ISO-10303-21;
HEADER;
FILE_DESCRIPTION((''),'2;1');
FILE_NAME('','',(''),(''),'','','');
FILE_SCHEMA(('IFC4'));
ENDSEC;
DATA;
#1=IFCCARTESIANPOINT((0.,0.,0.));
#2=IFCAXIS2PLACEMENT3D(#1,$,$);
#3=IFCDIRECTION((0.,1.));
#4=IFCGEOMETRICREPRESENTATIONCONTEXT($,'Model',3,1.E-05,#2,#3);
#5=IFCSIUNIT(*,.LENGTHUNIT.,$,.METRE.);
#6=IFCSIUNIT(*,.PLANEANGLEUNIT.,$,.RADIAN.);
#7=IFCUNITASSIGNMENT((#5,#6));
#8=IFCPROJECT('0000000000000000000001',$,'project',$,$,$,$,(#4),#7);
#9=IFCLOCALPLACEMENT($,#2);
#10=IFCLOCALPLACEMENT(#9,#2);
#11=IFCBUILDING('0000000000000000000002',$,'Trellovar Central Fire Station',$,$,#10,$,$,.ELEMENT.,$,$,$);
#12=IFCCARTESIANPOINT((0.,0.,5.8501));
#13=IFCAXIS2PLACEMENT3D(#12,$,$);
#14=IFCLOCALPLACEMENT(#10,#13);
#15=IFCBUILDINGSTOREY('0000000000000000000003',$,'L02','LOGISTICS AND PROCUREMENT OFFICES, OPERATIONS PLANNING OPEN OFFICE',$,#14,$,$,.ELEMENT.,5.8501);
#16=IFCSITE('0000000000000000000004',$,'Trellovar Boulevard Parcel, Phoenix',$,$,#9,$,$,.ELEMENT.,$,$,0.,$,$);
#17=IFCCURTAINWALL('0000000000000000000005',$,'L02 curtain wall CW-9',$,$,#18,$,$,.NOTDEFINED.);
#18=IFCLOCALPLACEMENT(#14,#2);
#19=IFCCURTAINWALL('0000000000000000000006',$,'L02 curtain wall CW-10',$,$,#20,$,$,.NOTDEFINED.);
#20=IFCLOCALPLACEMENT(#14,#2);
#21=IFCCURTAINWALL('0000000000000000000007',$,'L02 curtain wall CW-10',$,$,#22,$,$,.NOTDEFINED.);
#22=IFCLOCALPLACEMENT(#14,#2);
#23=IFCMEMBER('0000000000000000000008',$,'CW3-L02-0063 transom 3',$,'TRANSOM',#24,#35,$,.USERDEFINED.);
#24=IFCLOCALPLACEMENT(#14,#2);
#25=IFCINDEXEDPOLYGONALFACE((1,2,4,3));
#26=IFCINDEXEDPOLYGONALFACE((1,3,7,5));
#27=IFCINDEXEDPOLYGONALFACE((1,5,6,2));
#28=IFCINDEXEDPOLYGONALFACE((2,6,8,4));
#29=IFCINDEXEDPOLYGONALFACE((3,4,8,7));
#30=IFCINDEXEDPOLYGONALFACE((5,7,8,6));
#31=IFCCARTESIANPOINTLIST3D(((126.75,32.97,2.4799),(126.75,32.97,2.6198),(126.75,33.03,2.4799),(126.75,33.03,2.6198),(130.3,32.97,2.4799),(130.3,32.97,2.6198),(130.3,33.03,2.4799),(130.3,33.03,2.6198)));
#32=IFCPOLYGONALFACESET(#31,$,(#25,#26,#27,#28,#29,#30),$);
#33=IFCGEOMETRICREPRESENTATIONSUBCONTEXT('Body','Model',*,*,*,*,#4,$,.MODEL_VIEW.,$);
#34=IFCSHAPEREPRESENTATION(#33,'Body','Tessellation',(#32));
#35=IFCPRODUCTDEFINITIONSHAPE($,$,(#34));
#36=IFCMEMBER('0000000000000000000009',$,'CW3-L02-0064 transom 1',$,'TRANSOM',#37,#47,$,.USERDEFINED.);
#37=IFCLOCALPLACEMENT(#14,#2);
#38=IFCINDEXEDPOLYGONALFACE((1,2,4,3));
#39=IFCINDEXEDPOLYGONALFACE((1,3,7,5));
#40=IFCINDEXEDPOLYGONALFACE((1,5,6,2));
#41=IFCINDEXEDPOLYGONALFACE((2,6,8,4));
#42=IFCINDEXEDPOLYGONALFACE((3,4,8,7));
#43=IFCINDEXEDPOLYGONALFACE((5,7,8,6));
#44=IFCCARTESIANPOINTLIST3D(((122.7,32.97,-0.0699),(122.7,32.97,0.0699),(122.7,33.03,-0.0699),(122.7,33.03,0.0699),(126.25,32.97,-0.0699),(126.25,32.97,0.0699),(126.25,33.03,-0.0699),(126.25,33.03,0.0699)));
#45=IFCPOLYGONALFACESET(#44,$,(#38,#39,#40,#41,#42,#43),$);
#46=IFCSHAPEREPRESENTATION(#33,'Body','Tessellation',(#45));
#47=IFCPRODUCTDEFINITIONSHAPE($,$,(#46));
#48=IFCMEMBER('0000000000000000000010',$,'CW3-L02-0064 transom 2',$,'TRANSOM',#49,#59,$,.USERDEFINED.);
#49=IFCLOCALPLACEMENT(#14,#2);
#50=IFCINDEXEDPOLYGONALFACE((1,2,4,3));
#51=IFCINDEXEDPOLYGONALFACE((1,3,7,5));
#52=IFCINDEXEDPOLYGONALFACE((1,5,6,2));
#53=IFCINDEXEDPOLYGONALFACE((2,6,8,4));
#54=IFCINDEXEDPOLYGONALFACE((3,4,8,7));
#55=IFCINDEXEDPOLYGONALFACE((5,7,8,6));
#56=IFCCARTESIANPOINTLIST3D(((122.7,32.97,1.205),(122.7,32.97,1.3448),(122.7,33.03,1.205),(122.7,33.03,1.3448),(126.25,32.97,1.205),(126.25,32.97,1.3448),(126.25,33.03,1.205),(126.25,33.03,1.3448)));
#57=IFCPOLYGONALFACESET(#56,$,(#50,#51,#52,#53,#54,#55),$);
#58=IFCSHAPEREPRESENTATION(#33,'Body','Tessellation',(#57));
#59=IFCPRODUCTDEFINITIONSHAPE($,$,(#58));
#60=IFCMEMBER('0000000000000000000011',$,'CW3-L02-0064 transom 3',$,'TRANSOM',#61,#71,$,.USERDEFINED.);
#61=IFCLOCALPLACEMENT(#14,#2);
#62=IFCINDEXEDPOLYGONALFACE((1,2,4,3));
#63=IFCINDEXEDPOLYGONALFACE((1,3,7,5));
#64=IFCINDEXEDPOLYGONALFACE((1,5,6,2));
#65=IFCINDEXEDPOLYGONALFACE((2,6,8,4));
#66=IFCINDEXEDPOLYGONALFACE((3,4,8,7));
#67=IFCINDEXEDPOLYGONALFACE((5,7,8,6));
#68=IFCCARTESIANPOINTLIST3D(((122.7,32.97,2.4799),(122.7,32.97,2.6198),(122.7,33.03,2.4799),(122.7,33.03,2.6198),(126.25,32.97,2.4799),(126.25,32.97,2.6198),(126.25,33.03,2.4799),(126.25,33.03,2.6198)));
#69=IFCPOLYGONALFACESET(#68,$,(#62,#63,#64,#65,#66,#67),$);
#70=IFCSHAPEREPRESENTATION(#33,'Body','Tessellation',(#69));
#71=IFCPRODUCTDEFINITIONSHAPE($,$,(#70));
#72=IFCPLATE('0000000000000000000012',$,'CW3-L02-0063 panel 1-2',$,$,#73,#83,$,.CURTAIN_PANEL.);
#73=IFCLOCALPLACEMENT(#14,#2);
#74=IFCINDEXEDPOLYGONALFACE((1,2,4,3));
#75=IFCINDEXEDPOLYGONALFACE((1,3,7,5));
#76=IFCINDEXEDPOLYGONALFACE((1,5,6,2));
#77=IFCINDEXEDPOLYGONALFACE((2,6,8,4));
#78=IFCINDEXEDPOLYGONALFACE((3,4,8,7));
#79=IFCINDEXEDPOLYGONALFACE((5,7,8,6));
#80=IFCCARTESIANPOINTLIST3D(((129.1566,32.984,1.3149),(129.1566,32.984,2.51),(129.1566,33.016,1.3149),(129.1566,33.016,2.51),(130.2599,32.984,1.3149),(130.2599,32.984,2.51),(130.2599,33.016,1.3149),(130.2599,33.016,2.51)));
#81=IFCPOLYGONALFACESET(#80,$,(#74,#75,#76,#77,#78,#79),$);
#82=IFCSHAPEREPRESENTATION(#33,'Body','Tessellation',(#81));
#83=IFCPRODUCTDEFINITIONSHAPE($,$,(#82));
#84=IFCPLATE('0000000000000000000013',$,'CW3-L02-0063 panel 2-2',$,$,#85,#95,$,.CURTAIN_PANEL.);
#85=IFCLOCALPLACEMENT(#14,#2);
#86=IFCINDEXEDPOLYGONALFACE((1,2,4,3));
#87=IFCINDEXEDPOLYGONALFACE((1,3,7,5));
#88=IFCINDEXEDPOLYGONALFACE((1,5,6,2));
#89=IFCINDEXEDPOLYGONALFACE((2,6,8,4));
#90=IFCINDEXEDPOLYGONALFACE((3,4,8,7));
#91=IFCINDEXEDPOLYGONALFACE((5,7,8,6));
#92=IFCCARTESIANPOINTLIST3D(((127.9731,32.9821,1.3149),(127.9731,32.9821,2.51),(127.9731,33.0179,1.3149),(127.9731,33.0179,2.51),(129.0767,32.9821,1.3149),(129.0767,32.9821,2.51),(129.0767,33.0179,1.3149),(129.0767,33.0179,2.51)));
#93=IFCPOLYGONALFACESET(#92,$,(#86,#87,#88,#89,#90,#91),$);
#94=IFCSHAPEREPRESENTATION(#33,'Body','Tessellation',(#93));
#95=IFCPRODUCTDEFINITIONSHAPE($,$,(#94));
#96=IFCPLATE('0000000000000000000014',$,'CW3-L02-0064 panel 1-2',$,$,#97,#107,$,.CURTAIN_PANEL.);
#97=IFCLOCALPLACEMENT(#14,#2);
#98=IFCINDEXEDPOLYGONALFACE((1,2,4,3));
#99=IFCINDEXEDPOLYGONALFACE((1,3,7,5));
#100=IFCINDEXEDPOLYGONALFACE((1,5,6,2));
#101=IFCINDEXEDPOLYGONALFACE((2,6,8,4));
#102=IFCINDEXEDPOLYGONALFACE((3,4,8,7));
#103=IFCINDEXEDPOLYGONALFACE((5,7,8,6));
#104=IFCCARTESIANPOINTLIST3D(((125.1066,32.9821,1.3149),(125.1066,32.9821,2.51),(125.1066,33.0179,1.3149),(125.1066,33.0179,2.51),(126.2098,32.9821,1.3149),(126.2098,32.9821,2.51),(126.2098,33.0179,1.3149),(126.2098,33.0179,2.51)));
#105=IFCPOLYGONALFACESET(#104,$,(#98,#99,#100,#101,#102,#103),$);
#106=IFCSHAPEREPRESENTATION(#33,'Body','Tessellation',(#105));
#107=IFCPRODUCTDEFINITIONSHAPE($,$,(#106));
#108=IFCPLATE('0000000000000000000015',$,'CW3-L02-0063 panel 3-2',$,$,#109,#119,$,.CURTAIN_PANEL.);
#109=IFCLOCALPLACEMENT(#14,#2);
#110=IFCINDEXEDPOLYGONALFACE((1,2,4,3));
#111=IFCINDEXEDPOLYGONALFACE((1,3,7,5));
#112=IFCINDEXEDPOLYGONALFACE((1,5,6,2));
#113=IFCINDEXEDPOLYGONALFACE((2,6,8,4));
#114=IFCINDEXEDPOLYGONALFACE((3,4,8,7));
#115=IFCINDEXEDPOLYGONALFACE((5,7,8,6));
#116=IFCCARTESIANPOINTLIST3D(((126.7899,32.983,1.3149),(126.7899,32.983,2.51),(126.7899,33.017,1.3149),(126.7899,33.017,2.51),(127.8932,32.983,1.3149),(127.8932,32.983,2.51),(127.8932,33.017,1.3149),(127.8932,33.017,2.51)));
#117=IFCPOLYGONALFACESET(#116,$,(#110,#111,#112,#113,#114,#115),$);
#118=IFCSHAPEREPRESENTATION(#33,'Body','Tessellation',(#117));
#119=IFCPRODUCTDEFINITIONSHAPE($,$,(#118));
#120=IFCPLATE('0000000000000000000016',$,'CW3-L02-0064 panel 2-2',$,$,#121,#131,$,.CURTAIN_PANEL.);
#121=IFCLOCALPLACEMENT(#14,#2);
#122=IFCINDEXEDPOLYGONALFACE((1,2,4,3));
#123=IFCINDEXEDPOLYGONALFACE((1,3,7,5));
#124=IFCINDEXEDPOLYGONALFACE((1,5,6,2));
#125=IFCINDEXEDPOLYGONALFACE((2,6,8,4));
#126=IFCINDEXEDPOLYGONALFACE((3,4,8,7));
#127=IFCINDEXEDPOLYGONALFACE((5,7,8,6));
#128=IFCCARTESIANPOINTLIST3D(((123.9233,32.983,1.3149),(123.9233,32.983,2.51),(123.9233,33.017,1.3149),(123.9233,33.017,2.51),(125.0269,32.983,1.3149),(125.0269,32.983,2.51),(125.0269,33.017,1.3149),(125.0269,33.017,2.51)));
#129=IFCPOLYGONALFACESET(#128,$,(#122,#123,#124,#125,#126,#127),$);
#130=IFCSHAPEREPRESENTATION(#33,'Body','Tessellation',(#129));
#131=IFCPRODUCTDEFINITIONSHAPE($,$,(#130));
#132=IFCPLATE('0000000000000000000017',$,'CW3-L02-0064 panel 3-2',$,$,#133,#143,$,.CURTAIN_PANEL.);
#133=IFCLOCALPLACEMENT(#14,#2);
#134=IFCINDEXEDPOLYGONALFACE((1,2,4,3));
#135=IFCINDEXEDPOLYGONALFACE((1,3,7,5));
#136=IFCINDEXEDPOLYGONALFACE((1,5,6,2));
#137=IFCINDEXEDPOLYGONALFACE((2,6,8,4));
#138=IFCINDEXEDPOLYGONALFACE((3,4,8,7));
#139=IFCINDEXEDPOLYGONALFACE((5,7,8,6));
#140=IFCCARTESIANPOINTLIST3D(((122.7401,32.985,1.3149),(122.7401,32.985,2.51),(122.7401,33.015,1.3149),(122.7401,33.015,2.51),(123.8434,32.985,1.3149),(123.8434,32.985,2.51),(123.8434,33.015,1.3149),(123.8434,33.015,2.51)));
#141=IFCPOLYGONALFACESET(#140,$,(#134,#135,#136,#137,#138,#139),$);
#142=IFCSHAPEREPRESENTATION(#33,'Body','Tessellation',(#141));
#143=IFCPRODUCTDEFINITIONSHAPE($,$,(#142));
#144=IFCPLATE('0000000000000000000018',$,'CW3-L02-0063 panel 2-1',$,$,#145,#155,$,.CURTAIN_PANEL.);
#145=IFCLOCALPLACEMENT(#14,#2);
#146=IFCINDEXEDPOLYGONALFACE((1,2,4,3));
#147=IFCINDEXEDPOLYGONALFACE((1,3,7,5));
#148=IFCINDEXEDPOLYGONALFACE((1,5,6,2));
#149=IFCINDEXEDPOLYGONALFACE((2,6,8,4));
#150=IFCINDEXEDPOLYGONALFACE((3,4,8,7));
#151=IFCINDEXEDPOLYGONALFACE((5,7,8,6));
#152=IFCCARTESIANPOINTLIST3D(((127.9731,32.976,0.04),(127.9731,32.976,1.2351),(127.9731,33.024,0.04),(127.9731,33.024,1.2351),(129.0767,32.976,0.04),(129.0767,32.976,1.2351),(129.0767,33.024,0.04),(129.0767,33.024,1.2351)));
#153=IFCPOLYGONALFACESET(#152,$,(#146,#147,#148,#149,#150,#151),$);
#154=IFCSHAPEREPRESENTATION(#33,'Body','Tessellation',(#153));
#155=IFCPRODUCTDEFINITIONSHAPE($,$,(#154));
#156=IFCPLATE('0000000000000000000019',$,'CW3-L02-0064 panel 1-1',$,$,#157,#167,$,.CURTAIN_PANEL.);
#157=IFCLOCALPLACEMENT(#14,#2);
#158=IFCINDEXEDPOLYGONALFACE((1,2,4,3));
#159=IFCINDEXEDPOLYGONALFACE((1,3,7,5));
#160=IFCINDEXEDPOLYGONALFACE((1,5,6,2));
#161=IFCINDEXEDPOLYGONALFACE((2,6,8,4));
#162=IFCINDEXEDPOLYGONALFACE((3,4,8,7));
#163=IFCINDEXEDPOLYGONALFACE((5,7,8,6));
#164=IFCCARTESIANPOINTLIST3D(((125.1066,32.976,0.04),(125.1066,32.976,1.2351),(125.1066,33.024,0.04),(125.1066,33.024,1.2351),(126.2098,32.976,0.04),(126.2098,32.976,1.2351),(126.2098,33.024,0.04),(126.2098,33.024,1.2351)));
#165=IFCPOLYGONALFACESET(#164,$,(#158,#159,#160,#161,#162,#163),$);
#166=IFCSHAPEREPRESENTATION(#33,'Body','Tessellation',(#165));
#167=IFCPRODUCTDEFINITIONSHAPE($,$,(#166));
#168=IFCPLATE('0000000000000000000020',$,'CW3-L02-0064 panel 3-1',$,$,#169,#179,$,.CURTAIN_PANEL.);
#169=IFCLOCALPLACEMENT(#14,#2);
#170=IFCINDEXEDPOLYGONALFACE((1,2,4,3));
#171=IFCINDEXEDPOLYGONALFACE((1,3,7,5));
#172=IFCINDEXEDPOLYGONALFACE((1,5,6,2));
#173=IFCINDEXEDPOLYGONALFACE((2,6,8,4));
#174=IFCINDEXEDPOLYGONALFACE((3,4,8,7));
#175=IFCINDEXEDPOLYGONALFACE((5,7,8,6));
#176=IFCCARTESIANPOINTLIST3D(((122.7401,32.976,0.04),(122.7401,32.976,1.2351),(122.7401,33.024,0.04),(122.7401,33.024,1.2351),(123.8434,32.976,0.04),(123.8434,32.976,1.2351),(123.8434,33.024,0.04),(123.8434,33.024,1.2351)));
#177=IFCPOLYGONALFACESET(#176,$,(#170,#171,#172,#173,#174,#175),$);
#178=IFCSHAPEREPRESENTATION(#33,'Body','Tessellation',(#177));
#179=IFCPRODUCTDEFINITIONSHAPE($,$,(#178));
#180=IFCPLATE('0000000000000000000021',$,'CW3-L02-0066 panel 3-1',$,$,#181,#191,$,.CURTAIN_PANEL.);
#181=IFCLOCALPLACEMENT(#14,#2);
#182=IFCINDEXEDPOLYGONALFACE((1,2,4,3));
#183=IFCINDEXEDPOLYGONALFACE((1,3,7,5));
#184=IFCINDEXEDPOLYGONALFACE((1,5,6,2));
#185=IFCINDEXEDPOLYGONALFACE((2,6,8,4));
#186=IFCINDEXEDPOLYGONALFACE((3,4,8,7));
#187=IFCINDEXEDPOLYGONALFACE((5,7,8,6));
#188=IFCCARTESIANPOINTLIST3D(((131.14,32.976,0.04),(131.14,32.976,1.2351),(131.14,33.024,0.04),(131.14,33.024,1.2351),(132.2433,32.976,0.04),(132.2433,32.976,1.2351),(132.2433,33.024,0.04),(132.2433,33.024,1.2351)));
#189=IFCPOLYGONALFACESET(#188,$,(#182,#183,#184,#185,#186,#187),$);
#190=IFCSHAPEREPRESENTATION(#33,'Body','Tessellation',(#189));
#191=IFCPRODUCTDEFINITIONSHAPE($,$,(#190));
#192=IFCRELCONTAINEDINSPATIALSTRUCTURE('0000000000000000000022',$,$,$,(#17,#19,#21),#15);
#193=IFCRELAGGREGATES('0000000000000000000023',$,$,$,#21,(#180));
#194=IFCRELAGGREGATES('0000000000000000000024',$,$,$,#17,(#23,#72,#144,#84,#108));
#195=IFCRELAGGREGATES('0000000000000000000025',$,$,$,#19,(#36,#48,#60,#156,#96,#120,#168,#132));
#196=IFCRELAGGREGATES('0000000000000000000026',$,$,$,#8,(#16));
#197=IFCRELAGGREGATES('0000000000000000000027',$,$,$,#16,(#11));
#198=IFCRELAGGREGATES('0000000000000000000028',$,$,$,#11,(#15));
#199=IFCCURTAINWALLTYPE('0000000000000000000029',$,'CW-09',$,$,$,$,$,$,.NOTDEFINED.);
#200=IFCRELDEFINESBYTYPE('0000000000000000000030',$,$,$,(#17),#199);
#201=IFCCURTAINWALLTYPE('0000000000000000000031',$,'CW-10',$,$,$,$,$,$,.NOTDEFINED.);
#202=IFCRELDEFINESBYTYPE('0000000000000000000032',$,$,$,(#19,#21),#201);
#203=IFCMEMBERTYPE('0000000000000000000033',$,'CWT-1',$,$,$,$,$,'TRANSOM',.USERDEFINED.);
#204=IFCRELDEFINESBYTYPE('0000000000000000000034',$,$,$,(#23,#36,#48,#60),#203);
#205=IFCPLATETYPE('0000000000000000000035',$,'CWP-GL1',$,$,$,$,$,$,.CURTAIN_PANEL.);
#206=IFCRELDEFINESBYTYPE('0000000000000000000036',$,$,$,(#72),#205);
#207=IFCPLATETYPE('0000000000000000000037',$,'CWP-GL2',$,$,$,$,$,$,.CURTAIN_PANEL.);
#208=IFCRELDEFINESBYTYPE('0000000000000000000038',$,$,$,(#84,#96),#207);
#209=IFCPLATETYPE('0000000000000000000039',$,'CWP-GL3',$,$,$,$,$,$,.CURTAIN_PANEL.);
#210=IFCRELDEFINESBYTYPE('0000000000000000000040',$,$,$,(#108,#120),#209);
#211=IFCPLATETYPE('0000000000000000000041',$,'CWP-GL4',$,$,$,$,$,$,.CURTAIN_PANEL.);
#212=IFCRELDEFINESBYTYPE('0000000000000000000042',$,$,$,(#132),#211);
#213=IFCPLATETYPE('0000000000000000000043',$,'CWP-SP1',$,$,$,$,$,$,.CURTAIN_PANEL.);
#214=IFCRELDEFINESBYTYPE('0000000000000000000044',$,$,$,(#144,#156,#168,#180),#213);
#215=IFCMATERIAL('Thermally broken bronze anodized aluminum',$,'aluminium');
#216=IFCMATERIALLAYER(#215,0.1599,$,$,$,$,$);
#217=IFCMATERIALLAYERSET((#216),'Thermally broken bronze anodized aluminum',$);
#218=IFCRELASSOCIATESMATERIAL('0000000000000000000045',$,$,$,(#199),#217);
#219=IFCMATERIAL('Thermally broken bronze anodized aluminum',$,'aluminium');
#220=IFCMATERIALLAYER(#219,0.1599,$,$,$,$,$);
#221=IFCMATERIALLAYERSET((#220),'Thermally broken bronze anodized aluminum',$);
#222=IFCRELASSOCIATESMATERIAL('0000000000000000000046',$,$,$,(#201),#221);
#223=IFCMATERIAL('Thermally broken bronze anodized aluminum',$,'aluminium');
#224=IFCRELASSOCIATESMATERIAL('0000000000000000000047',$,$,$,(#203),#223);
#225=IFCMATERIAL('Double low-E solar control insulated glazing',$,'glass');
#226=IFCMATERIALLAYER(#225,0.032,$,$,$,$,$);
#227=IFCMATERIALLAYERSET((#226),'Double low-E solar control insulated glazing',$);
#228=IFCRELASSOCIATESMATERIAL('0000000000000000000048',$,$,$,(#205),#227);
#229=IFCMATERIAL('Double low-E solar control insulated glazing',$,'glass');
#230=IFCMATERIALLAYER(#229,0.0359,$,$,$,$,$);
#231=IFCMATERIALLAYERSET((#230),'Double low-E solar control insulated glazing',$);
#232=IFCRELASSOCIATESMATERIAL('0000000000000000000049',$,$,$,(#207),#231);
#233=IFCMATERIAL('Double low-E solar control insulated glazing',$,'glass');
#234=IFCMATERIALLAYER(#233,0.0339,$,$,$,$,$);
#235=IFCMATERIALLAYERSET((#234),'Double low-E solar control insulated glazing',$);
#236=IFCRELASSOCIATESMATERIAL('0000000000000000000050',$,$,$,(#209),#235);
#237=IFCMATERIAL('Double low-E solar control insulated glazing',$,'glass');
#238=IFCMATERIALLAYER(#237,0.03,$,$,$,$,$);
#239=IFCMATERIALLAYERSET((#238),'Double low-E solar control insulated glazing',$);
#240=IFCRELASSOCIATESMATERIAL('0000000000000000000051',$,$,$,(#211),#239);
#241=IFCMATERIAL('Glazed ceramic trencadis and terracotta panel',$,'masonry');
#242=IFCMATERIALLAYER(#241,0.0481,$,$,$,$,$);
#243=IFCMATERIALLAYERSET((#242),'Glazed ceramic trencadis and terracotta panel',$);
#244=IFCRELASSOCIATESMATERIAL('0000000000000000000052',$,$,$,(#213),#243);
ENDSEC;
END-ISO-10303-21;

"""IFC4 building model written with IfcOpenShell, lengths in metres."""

from ifc_helpers import new_model, si_unit, direction, frame, origin, origin_2d, place, context, subcontext, project, spatial, rectangle, extrude, material, layer, layer_set, material_profile, profile_set, type_object, element, aggregate, save


model = new_model("IFC4")

# Units and contexts
model_context = context("Model", 3, precision=1e-05, world=origin(), true_north=direction((0.0, 1.0)))
body_context = subcontext(model_context, "Body", "Model", "MODEL_VIEW")
ifc_project = project(units=[si_unit("LENGTHUNIT", "METRE"), si_unit("PLANEANGLEUNIT", "RADIAN")], contexts=[model_context])

# Site, building, storey
site_placement = place(None, origin())
site = spatial("IfcSite", under=ifc_project, at=site_placement, Name="Trellovar Boulevard Parcel, Phoenix", CompositionType="ELEMENT", RefElevation=0.0)
building_placement = place(site_placement, origin())
building = spatial("IfcBuilding", under=site, at=building_placement, Name="Trellovar Central Fire Station", CompositionType="ELEMENT")
storey_placement = place(building_placement, frame((0.0, 0.0, 5.8501)))
storey = spatial("IfcBuildingStorey", under=building, at=storey_placement, Name="L02", Description="LOGISTICS AND PROCUREMENT OFFICES, OPERATIONS PLANNING OPEN OFFICE", CompositionType="ELEMENT", Elevation=5.8501)

# Curtain walls
ifc_material_1 = material(Name="Thermally broken bronze anodized aluminum", Category="aluminium")
ifc_layer_1 = layer(ifc_material_1, 0.1599)
ifc_layer_set_1 = layer_set([ifc_layer_1], Name="Thermally broken bronze anodized aluminum")
curtain_wall_type_1 = type_object("IfcCurtainWallType", Name="CW-09", PredefinedType="NOTDEFINED", material=ifc_layer_set_1)
curtain_wall_1_placement = place(storey_placement, origin())
curtain_wall_1 = element("IfcCurtainWall", 1, at=curtain_wall_1_placement, inside=storey, type_object=curtain_wall_type_1, Name="L02 curtain wall CW-9", PredefinedType="NOTDEFINED")
ifc_material_2 = material(Name="Thermally broken bronze anodized aluminum", Category="aluminium")
ifc_layer_2 = layer(ifc_material_2, 0.1599)
ifc_layer_set_2 = layer_set([ifc_layer_2], Name="Thermally broken bronze anodized aluminum")
curtain_wall_type_2 = type_object("IfcCurtainWallType", Name="CW-10", PredefinedType="NOTDEFINED", material=ifc_layer_set_2)
curtain_wall_2_placement = place(storey_placement, origin())
curtain_wall_2 = element("IfcCurtainWall", 2, at=curtain_wall_2_placement, inside=storey, type_object=curtain_wall_type_2, Name="L02 curtain wall CW-10", PredefinedType="NOTDEFINED")

# Curtain wall
curtain_wall_3_placement = place(storey_placement, origin())
curtain_wall_3 = element("IfcCurtainWall", 3, at=curtain_wall_3_placement, inside=storey, type_object=curtain_wall_type_2, Name="L02 curtain wall CW-10", PredefinedType="NOTDEFINED")

# Members
ifc_material_3 = material(Name="Thermally broken bronze anodized aluminum", Category="aluminium")
ifc_material_profile_1 = material_profile(ifc_material_3, rectangle(XDim=0.0601, YDim=0.1399, at=origin_2d()), Name="ALU60X140")
ifc_profile_set_1 = profile_set([ifc_material_profile_1], Name="Thermally broken bronze anodized aluminum")
member_type_1 = type_object("IfcMemberType", Name="CWT-1", ElementType="TRANSOM", PredefinedType="USERDEFINED", material=ifc_profile_set_1)
member_1_placement = place(storey_placement, frame((130.3, 33.0, 2.5498), z_axis=(-1.0, 0.0, 0.0), x_axis=(0.0, -1.0, 0.0)))
member_1 = element("IfcMember", 4, at=member_1_placement, type_object=member_type_1, Name="CW3-L02-0063 transom 3", ObjectType="TRANSOM", PredefinedType="USERDEFINED", context=body_context, shape_type="SweptSolid", body=[
    extrude(rectangle(XDim=0.0601, YDim=0.1399, at=origin_2d()), origin(), (0.0, 0.0, 1.0), 3.55),
])
member_2_placement = place(storey_placement, frame((126.25, 33.0, 0.0), z_axis=(-1.0, 0.0, 0.0), x_axis=(0.0, -1.0, 0.0)))
member_2 = element("IfcMember", 5, at=member_2_placement, type_object=member_type_1, Name="CW3-L02-0064 transom 1", ObjectType="TRANSOM", PredefinedType="USERDEFINED", context=body_context, shape_type="SweptSolid", body=[
    extrude(rectangle(XDim=0.0601, YDim=0.1399, at=origin_2d()), origin(), (0.0, 0.0, 1.0), 3.55),
])
member_3_placement = place(storey_placement, frame((126.25, 33.0, 1.2749), z_axis=(-1.0, 0.0, 0.0), x_axis=(0.0, -1.0, 0.0)))
member_3 = element("IfcMember", 6, at=member_3_placement, type_object=member_type_1, Name="CW3-L02-0064 transom 2", ObjectType="TRANSOM", PredefinedType="USERDEFINED", context=body_context, shape_type="SweptSolid", body=[
    extrude(rectangle(XDim=0.0601, YDim=0.1399, at=origin_2d()), origin(), (0.0, 0.0, 1.0), 3.55),
])
member_4_placement = place(storey_placement, frame((126.25, 33.0, 2.5498), z_axis=(-1.0, 0.0, 0.0), x_axis=(0.0, -1.0, 0.0)))
member_4 = element("IfcMember", 7, at=member_4_placement, type_object=member_type_1, Name="CW3-L02-0064 transom 3", ObjectType="TRANSOM", PredefinedType="USERDEFINED", context=body_context, shape_type="SweptSolid", body=[
    extrude(rectangle(XDim=0.0601, YDim=0.1399, at=origin_2d()), origin(), (0.0, 0.0, 1.0), 3.55),
])

# Plates
ifc_material_4 = material(Name="Double low-E solar control insulated glazing", Category="glass")
ifc_layer_3 = layer(ifc_material_4, 0.032)
ifc_layer_set_3 = layer_set([ifc_layer_3], Name="Double low-E solar control insulated glazing")
plate_type_1 = type_object("IfcPlateType", Name="CWP-GL1", PredefinedType="CURTAIN_PANEL", material=ifc_layer_set_3)
plate_1_placement = place(storey_placement, frame((129.7083, 33.0, 1.3149), z_axis=(0.0, 0.0, 1.0), x_axis=(-1.0, 0.0, 0.0)))
plate_1 = element("IfcPlate", 8, at=plate_1_placement, type_object=plate_type_1, Name="CW3-L02-0063 panel 1-2", PredefinedType="CURTAIN_PANEL", context=body_context, shape_type="SweptSolid", body=[
    extrude(rectangle(XDim=1.1033, YDim=0.032, at=origin_2d()), origin(), (0.0, 0.0, 1.0), 1.1951),
])
ifc_material_5 = material(Name="Double low-E solar control insulated glazing", Category="glass")
ifc_layer_4 = layer(ifc_material_5, 0.0359)
ifc_layer_set_4 = layer_set([ifc_layer_4], Name="Double low-E solar control insulated glazing")
plate_type_2 = type_object("IfcPlateType", Name="CWP-GL2", PredefinedType="CURTAIN_PANEL", material=ifc_layer_set_4)
plate_2_placement = place(storey_placement, frame((128.5249, 33.0, 1.3149), z_axis=(0.0, 0.0, 1.0), x_axis=(-1.0, 0.0, 0.0)))
plate_2 = element("IfcPlate", 9, at=plate_2_placement, type_object=plate_type_2, Name="CW3-L02-0063 panel 2-2", PredefinedType="CURTAIN_PANEL", context=body_context, shape_type="SweptSolid", body=[
    extrude(rectangle(XDim=1.1035, YDim=0.0359, at=origin_2d()), origin(), (0.0, 0.0, 1.0), 1.1951),
])
plate_3_placement = place(storey_placement, frame((125.6582, 33.0, 1.3149), z_axis=(0.0, 0.0, 1.0), x_axis=(-1.0, 0.0, 0.0)))
plate_3 = element("IfcPlate", 10, at=plate_3_placement, type_object=plate_type_2, Name="CW3-L02-0064 panel 1-2", PredefinedType="CURTAIN_PANEL", context=body_context, shape_type="SweptSolid", body=[
    extrude(rectangle(XDim=1.1033, YDim=0.0359, at=origin_2d()), origin(), (0.0, 0.0, 1.0), 1.1951),
])
ifc_material_6 = material(Name="Double low-E solar control insulated glazing", Category="glass")
ifc_layer_5 = layer(ifc_material_6, 0.0339)
ifc_layer_set_5 = layer_set([ifc_layer_5], Name="Double low-E solar control insulated glazing")
plate_type_3 = type_object("IfcPlateType", Name="CWP-GL3", PredefinedType="CURTAIN_PANEL", material=ifc_layer_set_5)
plate_4_placement = place(storey_placement, frame((127.3416, 33.0, 1.3149), z_axis=(0.0, 0.0, 1.0), x_axis=(-1.0, 0.0, 0.0)))
plate_4 = element("IfcPlate", 11, at=plate_4_placement, type_object=plate_type_3, Name="CW3-L02-0063 panel 3-2", PredefinedType="CURTAIN_PANEL", context=body_context, shape_type="SweptSolid", body=[
    extrude(rectangle(XDim=1.1033, YDim=0.0339, at=origin_2d()), origin(), (0.0, 0.0, 1.0), 1.1951),
])
plate_5_placement = place(storey_placement, frame((124.4751, 33.0, 1.3149), z_axis=(0.0, 0.0, 1.0), x_axis=(-1.0, 0.0, 0.0)))
plate_5 = element("IfcPlate", 12, at=plate_5_placement, type_object=plate_type_3, Name="CW3-L02-0064 panel 2-2", PredefinedType="CURTAIN_PANEL", context=body_context, shape_type="SweptSolid", body=[
    extrude(rectangle(XDim=1.1035, YDim=0.0339, at=origin_2d()), origin(), (0.0, 0.0, 1.0), 1.1951),
])
ifc_material_7 = material(Name="Double low-E solar control insulated glazing", Category="glass")
ifc_layer_6 = layer(ifc_material_7, 0.03)
ifc_layer_set_6 = layer_set([ifc_layer_6], Name="Double low-E solar control insulated glazing")
plate_type_4 = type_object("IfcPlateType", Name="CWP-GL4", PredefinedType="CURTAIN_PANEL", material=ifc_layer_set_6)
plate_6_placement = place(storey_placement, frame((123.2917, 33.0, 1.3149), z_axis=(0.0, 0.0, 1.0), x_axis=(-1.0, 0.0, 0.0)))
plate_6 = element("IfcPlate", 13, at=plate_6_placement, type_object=plate_type_4, Name="CW3-L02-0064 panel 3-2", PredefinedType="CURTAIN_PANEL", context=body_context, shape_type="SweptSolid", body=[
    extrude(rectangle(XDim=1.1033, YDim=0.03, at=origin_2d()), origin(), (0.0, 0.0, 1.0), 1.1951),
])
ifc_material_8 = material(Name="Glazed ceramic trencadis and terracotta panel", Category="masonry")
ifc_layer_7 = layer(ifc_material_8, 0.0481)
ifc_layer_set_7 = layer_set([ifc_layer_7], Name="Glazed ceramic trencadis and terracotta panel")
plate_type_5 = type_object("IfcPlateType", Name="CWP-SP1", PredefinedType="CURTAIN_PANEL", material=ifc_layer_set_7)
plate_7_placement = place(storey_placement, frame((128.5249, 33.0, 0.04), z_axis=(0.0, 0.0, 1.0), x_axis=(-1.0, 0.0, 0.0)))
plate_7 = element("IfcPlate", 14, at=plate_7_placement, type_object=plate_type_5, Name="CW3-L02-0063 panel 2-1", PredefinedType="CURTAIN_PANEL", context=body_context, shape_type="SweptSolid", body=[
    extrude(rectangle(XDim=1.1035, YDim=0.0481, at=origin_2d()), origin(), (0.0, 0.0, 1.0), 1.1951),
])
plate_8_placement = place(storey_placement, frame((125.6582, 33.0, 0.04), z_axis=(0.0, 0.0, 1.0), x_axis=(-1.0, 0.0, 0.0)))
plate_8 = element("IfcPlate", 15, at=plate_8_placement, type_object=plate_type_5, Name="CW3-L02-0064 panel 1-1", PredefinedType="CURTAIN_PANEL", context=body_context, shape_type="SweptSolid", body=[
    extrude(rectangle(XDim=1.1033, YDim=0.0481, at=origin_2d()), origin(), (0.0, 0.0, 1.0), 1.1951),
])
plate_9_placement = place(storey_placement, frame((123.2917, 33.0, 0.04), z_axis=(0.0, 0.0, 1.0), x_axis=(-1.0, 0.0, 0.0)))
plate_9 = element("IfcPlate", 16, at=plate_9_placement, type_object=plate_type_5, Name="CW3-L02-0064 panel 3-1", PredefinedType="CURTAIN_PANEL", context=body_context, shape_type="SweptSolid", body=[
    extrude(rectangle(XDim=1.1033, YDim=0.0481, at=origin_2d()), origin(), (0.0, 0.0, 1.0), 1.1951),
])
plate_10_placement = place(storey_placement, frame((131.6917, 33.0, 0.04), z_axis=(0.0, 0.0, 1.0), x_axis=(-1.0, 0.0, 0.0)))
plate_10 = element("IfcPlate", 17, at=plate_10_placement, type_object=plate_type_5, Name="CW3-L02-0066 panel 3-1", PredefinedType="CURTAIN_PANEL", context=body_context, shape_type="SweptSolid", body=[
    extrude(rectangle(XDim=1.1033, YDim=0.0481, at=origin_2d()), origin(), (0.0, 0.0, 1.0), 1.1951),
])
aggregate(curtain_wall_3, [plate_10])
aggregate(curtain_wall_1, [member_1, plate_1, plate_7, plate_2, plate_4])
aggregate(curtain_wall_2, [member_2, member_3, member_4, plate_8, plate_3, plate_5, plate_9, plate_6])

save(model, "model.ifc")
